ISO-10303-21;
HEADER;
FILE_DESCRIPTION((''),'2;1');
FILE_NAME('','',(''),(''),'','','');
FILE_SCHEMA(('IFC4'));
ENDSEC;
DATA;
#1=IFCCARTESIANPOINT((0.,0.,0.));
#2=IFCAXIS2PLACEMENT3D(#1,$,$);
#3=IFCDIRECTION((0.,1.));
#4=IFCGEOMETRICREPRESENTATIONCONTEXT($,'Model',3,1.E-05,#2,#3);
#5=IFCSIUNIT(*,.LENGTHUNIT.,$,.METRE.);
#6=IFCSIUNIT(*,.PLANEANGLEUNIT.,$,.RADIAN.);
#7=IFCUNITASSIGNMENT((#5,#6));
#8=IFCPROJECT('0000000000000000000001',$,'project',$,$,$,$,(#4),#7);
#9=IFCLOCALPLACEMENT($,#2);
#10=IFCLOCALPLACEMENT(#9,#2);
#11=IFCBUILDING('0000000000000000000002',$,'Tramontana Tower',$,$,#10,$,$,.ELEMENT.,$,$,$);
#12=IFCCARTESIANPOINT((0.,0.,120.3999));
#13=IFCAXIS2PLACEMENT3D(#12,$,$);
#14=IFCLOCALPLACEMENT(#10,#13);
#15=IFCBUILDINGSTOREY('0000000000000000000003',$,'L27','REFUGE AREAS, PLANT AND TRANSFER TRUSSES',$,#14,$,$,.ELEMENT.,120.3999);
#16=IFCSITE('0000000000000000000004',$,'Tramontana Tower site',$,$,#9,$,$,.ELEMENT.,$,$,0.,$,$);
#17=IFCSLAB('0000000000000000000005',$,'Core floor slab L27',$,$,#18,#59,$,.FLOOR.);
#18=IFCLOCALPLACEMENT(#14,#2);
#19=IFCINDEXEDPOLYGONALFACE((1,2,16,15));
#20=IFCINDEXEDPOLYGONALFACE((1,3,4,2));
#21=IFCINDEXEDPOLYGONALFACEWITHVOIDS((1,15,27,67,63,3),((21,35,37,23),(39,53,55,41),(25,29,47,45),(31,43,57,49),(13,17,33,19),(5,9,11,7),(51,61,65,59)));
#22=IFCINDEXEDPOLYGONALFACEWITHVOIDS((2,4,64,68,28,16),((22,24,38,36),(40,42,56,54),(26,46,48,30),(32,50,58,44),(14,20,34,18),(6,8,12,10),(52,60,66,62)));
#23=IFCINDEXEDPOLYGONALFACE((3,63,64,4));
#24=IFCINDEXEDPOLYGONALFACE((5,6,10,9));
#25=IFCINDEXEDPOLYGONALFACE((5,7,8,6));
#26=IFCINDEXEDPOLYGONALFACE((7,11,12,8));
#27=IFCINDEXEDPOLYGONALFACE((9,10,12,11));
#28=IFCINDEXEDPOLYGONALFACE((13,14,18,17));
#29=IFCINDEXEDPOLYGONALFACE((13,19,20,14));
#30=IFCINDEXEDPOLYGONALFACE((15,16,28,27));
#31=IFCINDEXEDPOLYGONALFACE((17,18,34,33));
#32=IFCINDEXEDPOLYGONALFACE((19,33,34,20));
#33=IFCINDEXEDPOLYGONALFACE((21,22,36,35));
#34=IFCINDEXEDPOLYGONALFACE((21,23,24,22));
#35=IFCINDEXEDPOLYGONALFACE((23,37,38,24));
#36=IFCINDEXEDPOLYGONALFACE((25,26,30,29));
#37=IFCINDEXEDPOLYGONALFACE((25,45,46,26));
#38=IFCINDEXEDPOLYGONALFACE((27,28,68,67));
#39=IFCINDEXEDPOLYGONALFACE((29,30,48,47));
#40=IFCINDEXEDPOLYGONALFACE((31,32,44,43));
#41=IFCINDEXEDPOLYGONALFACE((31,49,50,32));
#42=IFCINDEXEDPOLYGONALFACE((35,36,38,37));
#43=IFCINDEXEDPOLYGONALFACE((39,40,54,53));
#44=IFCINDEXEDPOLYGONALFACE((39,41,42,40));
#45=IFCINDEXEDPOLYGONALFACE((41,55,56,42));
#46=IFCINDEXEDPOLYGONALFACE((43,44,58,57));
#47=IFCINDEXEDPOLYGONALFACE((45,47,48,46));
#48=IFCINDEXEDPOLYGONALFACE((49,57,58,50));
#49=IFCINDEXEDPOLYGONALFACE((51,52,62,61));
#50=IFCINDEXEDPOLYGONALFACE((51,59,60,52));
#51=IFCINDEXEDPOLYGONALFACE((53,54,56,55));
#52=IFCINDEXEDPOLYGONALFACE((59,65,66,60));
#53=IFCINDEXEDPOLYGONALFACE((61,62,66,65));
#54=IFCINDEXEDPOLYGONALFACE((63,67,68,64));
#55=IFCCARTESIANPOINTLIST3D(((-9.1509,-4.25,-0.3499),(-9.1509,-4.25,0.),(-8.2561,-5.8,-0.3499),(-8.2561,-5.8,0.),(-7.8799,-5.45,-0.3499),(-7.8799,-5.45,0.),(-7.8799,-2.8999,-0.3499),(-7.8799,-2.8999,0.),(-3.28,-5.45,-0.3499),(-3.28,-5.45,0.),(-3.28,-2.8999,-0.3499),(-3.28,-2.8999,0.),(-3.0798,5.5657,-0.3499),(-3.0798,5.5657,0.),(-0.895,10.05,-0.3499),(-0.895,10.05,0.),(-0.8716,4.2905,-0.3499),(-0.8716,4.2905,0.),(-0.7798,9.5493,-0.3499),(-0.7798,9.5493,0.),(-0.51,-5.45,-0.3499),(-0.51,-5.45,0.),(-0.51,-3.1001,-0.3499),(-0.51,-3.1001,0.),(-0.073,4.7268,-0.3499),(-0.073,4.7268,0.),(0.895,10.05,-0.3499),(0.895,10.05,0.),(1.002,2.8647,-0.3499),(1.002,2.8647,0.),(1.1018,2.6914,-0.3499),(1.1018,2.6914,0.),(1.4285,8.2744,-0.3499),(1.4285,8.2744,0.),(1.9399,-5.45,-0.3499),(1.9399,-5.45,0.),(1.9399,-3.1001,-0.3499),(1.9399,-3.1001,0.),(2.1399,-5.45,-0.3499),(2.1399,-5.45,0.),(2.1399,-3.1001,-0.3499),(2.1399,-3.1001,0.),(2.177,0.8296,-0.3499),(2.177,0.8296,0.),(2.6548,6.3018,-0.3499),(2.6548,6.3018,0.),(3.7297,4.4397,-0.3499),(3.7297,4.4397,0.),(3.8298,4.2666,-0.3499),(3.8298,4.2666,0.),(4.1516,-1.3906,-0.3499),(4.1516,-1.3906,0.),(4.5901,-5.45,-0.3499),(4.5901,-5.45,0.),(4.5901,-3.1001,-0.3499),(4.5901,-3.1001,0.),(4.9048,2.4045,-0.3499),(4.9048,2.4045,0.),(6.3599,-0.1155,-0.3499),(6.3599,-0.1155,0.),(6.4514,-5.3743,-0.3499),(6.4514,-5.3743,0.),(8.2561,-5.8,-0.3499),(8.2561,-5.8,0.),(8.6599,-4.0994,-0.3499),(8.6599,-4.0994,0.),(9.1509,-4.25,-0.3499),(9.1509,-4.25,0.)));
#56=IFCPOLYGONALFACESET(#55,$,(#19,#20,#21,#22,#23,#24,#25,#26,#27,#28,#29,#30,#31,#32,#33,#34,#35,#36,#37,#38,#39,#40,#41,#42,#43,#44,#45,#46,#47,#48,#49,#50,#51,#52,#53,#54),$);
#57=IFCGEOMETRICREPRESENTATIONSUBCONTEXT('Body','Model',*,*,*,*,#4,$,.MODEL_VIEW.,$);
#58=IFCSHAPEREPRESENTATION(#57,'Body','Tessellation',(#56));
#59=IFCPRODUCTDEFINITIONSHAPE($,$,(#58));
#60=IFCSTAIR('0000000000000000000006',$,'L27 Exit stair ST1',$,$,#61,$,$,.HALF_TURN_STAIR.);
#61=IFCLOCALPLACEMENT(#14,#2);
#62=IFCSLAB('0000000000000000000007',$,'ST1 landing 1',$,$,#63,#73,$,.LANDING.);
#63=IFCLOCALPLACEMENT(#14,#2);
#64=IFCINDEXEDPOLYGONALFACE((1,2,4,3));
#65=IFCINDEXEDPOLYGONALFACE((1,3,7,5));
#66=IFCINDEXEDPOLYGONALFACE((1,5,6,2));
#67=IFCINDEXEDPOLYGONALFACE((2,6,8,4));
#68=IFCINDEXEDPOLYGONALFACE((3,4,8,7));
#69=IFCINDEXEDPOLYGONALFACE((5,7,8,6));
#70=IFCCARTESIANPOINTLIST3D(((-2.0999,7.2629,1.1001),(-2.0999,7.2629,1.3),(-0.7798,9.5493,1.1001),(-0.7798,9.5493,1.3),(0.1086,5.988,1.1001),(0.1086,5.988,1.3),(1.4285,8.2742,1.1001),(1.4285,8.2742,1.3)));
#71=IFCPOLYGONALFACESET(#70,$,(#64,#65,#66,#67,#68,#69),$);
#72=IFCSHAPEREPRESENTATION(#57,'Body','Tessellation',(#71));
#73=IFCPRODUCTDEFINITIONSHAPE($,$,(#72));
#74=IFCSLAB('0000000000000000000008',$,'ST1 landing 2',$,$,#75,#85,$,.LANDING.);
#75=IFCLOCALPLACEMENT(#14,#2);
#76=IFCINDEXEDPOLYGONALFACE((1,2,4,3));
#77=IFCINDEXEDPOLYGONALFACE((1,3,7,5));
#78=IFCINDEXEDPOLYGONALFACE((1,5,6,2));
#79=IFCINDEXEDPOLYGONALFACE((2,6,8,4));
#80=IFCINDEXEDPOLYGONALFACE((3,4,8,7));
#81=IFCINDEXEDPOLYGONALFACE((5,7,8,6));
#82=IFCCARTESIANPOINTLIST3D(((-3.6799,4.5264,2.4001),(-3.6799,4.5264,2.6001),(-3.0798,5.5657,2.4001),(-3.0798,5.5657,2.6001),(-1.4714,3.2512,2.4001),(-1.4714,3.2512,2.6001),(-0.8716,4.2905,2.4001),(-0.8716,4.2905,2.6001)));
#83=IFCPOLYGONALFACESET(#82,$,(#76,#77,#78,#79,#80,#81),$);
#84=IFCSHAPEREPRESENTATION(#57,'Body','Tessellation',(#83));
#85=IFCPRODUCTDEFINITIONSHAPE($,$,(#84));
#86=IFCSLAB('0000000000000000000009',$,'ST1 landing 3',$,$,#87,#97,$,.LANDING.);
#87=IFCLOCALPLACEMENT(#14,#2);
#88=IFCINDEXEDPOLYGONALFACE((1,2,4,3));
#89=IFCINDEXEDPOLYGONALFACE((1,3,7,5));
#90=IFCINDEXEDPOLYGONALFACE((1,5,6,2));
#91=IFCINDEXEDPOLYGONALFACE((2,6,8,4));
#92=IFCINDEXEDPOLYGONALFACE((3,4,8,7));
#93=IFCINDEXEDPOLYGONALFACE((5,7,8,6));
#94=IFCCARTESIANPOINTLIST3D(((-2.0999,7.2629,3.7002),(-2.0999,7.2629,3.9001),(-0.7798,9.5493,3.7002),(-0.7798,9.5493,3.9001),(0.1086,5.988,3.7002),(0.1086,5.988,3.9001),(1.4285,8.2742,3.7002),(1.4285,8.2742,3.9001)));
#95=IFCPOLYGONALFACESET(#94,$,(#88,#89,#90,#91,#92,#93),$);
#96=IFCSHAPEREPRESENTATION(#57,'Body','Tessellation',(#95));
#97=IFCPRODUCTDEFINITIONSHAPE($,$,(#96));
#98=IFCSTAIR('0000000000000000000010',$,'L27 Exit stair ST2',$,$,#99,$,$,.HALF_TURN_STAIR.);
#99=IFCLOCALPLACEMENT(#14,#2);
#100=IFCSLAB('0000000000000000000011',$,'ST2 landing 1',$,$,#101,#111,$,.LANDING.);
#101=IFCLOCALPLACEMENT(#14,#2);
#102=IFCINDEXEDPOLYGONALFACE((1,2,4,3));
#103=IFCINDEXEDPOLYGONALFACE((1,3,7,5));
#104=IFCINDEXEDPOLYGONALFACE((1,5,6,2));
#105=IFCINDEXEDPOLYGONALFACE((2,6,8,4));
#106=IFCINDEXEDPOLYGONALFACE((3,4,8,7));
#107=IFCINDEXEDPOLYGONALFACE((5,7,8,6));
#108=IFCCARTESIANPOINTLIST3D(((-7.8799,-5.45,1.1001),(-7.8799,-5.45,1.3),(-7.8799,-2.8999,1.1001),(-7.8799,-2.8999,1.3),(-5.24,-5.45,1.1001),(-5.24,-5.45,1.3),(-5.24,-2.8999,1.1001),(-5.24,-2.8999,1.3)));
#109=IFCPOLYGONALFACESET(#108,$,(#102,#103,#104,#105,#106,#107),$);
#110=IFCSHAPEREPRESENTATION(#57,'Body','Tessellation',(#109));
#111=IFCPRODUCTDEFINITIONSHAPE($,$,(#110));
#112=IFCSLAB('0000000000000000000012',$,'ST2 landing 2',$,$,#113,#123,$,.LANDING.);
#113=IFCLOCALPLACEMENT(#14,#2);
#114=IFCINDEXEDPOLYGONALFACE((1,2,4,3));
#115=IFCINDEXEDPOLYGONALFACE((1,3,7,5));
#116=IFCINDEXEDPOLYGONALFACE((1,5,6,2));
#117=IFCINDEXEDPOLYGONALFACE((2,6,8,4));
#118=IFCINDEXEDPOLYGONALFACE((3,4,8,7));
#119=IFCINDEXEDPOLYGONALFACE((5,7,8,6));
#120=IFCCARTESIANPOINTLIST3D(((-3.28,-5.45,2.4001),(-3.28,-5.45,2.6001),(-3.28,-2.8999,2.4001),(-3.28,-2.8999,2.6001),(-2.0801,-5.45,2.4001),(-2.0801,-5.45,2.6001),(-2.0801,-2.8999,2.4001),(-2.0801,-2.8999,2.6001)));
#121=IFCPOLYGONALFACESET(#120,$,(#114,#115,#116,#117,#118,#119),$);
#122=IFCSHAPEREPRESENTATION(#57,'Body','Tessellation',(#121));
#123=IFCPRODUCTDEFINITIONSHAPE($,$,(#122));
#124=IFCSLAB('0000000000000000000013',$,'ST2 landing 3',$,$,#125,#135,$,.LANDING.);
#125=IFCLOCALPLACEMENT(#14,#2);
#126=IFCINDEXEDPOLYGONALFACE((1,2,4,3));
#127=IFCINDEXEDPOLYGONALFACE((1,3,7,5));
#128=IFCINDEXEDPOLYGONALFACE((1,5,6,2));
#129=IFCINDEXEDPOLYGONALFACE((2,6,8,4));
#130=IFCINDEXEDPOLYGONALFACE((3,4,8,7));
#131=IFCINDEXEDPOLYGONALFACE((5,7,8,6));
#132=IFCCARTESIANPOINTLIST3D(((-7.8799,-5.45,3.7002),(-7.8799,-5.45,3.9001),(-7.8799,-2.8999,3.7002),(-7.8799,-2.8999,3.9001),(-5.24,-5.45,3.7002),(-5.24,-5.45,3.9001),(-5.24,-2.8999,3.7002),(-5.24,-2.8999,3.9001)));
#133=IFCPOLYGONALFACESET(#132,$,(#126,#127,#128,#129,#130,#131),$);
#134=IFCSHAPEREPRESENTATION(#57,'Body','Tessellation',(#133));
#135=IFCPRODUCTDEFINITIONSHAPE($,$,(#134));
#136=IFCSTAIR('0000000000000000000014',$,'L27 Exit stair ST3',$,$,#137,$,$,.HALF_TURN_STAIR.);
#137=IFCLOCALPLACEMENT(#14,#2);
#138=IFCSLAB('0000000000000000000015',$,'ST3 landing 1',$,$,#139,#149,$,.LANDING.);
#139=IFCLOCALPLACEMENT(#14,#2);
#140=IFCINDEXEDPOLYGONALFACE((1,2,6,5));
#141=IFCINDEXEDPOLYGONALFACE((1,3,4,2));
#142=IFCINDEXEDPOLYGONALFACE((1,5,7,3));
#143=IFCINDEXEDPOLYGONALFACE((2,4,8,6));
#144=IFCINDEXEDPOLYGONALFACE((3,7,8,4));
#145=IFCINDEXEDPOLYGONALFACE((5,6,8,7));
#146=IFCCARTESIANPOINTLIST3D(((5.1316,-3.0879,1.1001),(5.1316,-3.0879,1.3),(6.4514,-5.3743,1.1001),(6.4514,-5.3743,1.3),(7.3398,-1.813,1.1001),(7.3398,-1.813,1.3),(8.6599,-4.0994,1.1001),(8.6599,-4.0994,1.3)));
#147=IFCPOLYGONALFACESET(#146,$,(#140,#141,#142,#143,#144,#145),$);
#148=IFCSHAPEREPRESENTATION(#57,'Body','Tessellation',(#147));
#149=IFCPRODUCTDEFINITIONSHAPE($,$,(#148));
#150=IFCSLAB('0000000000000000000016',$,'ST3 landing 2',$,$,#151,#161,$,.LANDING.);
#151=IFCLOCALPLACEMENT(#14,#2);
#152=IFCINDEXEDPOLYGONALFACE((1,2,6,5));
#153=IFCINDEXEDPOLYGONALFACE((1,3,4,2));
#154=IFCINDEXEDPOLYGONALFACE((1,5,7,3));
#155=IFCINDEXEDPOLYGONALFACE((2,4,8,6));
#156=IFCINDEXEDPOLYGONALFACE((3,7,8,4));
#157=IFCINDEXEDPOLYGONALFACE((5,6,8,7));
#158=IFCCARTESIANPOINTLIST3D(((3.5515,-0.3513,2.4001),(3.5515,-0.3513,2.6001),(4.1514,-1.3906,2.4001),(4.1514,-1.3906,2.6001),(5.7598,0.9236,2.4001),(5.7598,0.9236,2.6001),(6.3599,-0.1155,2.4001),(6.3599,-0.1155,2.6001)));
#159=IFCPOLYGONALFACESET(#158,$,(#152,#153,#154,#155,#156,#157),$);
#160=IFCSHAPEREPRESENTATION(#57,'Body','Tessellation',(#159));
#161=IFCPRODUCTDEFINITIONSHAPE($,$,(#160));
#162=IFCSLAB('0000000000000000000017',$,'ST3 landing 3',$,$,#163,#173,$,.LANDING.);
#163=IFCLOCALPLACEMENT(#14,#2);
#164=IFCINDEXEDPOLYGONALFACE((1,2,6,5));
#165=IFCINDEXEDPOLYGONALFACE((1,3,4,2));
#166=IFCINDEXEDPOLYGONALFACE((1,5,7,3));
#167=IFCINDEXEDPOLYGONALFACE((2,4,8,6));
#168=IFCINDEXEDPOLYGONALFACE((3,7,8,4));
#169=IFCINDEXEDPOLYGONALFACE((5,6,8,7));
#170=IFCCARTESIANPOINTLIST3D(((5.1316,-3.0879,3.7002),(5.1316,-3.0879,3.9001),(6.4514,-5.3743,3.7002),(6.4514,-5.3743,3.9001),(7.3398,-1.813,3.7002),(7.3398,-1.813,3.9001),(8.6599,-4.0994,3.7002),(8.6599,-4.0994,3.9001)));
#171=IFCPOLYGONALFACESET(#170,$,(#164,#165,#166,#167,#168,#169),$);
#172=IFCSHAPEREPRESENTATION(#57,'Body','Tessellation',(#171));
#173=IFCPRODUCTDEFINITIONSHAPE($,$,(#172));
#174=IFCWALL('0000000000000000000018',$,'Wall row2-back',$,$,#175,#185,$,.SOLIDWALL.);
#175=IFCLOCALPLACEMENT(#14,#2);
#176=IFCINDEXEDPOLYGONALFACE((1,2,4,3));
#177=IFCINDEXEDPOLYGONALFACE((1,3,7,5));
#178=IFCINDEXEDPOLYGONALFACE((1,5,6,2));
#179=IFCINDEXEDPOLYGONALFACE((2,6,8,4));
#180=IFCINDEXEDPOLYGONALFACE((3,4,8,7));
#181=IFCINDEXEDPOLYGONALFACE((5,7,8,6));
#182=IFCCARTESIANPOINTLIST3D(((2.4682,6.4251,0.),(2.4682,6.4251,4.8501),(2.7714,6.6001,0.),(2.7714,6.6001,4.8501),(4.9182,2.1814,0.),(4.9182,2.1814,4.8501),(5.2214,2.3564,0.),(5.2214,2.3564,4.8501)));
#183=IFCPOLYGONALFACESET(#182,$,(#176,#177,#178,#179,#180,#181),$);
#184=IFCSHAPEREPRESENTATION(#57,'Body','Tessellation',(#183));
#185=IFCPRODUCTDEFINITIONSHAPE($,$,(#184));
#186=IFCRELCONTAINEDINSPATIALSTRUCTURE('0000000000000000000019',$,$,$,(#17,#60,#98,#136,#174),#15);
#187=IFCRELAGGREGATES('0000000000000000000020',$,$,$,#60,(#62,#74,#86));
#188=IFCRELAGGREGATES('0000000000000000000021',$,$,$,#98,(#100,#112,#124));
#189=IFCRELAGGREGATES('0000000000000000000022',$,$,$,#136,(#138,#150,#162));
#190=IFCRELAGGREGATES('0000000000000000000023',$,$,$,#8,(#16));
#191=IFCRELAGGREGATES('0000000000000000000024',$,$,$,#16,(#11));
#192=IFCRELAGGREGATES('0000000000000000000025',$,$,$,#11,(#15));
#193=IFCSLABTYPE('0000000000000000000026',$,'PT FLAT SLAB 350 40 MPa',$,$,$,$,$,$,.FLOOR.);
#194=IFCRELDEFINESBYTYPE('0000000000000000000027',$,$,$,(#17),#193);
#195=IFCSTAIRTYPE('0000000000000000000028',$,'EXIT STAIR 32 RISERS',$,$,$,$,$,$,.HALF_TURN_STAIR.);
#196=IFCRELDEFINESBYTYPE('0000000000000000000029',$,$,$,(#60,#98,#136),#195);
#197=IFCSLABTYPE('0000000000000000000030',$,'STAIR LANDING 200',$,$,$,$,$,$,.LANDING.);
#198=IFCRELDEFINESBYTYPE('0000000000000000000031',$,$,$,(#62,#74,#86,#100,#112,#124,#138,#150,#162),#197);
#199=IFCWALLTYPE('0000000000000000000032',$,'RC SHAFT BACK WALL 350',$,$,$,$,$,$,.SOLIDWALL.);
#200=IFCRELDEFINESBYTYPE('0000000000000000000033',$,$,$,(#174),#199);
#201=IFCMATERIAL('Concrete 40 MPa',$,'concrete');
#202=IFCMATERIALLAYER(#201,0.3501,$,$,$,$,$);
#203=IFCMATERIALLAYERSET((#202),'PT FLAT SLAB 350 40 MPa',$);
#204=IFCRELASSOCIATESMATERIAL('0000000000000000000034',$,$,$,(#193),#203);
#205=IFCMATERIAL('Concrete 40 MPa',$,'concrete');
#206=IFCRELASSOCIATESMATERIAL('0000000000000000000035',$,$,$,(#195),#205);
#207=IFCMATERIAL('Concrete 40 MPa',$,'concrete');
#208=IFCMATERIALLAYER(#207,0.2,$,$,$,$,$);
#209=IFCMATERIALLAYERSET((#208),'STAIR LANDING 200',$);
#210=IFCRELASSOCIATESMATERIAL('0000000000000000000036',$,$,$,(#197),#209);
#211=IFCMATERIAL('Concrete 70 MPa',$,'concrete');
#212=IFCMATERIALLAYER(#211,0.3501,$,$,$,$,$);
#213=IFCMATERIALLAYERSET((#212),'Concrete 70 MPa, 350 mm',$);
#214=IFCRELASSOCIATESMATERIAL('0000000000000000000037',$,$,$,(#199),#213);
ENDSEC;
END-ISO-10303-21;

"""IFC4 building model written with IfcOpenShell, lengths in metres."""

from ifc_helpers import new_model, si_unit, direction, frame, frame_2d, origin, place, context, subcontext, project, spatial, polyline, rectangle, outline, extrude, material, layer, layer_set, type_object, element, aggregate, save


model = new_model("IFC4")

# Units and contexts
model_context = context("Model", 3, precision=1e-05, world=origin(), true_north=direction((0.0, 1.0)))
body_context = subcontext(model_context, "Body", "Model", "MODEL_VIEW")
ifc_project = project(units=[si_unit("LENGTHUNIT", "METRE"), si_unit("PLANEANGLEUNIT", "RADIAN")], contexts=[model_context])

# Site, building, storey
site_placement = place(None, origin())
site = spatial("IfcSite", under=ifc_project, at=site_placement, Name="Tramontana Tower site", CompositionType="ELEMENT", RefElevation=0.0)
building_placement = place(site_placement, origin())
building = spatial("IfcBuilding", under=site, at=building_placement, Name="Tramontana Tower", CompositionType="ELEMENT")
storey_placement = place(building_placement, frame((0.0, 0.0, 120.3999)))
storey = spatial("IfcBuildingStorey", under=building, at=storey_placement, Name="L27", Description="REFUGE AREAS, PLANT AND TRANSFER TRUSSES", CompositionType="ELEMENT", Elevation=120.3999)

# Slab
ifc_material_1 = material(Name="Concrete 40 MPa", Category="concrete")
ifc_layer_1 = layer(ifc_material_1, 0.3501)
ifc_layer_set_1 = layer_set([ifc_layer_1], Name="PT FLAT SLAB 350 40 MPa")
slab_type_1 = type_object("IfcSlabType", Name="PT FLAT SLAB 350 40 MPa", PredefinedType="FLOOR", material=ifc_layer_set_1)
slab_1_placement = place(storey_placement, frame((0.0, 0.0, -0.3499)))
element("IfcSlab", 1, at=slab_1_placement, inside=storey, type_object=slab_type_1, Name="Core floor slab L27", PredefinedType="FLOOR", context=body_context, shape_type="SweptSolid", body=[
    extrude(outline(polyline([(9.1509, -4.25), (8.2561, -5.8), (-8.2561, -5.8), (-9.1509, -4.25), (-0.895, 10.05), (0.895, 10.05), (9.1509, -4.25)]), holes=[polyline([(8.6599, -4.0994), (6.3599, -0.1155), (4.1516, -1.3906), (6.4514, -5.3743), (8.6599, -4.0994)]), polyline([(3.8298, 4.2666), (1.1018, 2.6914), (2.177, 0.8296), (4.9048, 2.4045), (3.8298, 4.2666)]), polyline([(4.5901, -3.1001), (2.1399, -3.1001), (2.1399, -5.45), (4.5901, -5.45), (4.5901, -3.1001)]), polyline([(2.6548, 6.3018), (-0.073, 4.7268), (1.002, 2.8647), (3.7297, 4.4397), (2.6548, 6.3018)]), polyline([(1.9399, -5.45), (1.9399, -3.1001), (-0.51, -3.1001), (-0.51, -5.45), (1.9399, -5.45)]), polyline([(-0.7798, 9.5493), (-3.0798, 5.5657), (-0.8716, 4.2905), (1.4285, 8.2744), (-0.7798, 9.5493)]), polyline([(-7.8799, -5.45), (-3.28, -5.45), (-3.28, -2.8999), (-7.8799, -2.8999), (-7.8799, -5.45)])]), origin(), (0.0, 0.0, 1.0), 0.3499),
])

# Stairs, slabs
ifc_material_2 = material(Name="Concrete 40 MPa", Category="concrete")
stair_type = type_object("IfcStairType", Name="EXIT STAIR 32 RISERS", PredefinedType="HALF_TURN_STAIR", material=ifc_material_2)
stair_1_placement = place(storey_placement, origin())
stair_1 = element("IfcStair", 2, at=stair_1_placement, inside=storey, type_object=stair_type, Name="L27 Exit stair ST1", PredefinedType="HALF_TURN_STAIR")
ifc_material_3 = material(Name="Concrete 40 MPa", Category="concrete")
ifc_layer_2 = layer(ifc_material_3, 0.2)
ifc_layer_set_2 = layer_set([ifc_layer_2], Name="STAIR LANDING 200")
slab_type_2 = type_object("IfcSlabType", Name="STAIR LANDING 200", PredefinedType="LANDING", material=ifc_layer_set_2)
slab_2_placement = place(storey_placement, frame((0.0, 0.0, 1.1001)))
slab_2 = element("IfcSlab", 3, at=slab_2_placement, type_object=slab_type_2, Name="ST1 landing 1", PredefinedType="LANDING", context=body_context, shape_type="SweptSolid", body=[
    extrude(outline(polyline([(0.1086, 5.988), (1.4285, 8.2742), (-0.7798, 9.5493), (-2.0999, 7.2629), (0.1086, 5.988)])), origin(), (0.0, 0.0, 1.0), 0.2),
])
slab_3_placement = place(storey_placement, frame((0.0, 0.0, 2.4001)))
slab_3 = element("IfcSlab", 4, at=slab_3_placement, type_object=slab_type_2, Name="ST1 landing 2", PredefinedType="LANDING", context=body_context, shape_type="SweptSolid", body=[
    extrude(outline(polyline([(-1.4714, 3.2512), (-0.8716, 4.2905), (-3.0798, 5.5657), (-3.6799, 4.5264), (-1.4714, 3.2512)])), origin(), (0.0, 0.0, 1.0), 0.2),
])
slab_4_placement = place(storey_placement, frame((0.0, 0.0, 3.7002)))
slab_4 = element("IfcSlab", 5, at=slab_4_placement, type_object=slab_type_2, Name="ST1 landing 3", PredefinedType="LANDING", context=body_context, shape_type="SweptSolid", body=[
    extrude(outline(polyline([(0.1086, 5.988), (1.4285, 8.2742), (-0.7798, 9.5493), (-2.0999, 7.2629), (0.1086, 5.988)])), origin(), (0.0, 0.0, 1.0), 0.2),
])
aggregate(stair_1, [slab_2, slab_3, slab_4])
stair_2_placement = place(storey_placement, origin())
stair_2 = element("IfcStair", 6, at=stair_2_placement, inside=storey, type_object=stair_type, Name="L27 Exit stair ST2", PredefinedType="HALF_TURN_STAIR")
slab_5_placement = place(storey_placement, frame((0.0, 0.0, 1.1001)))
slab_5 = element("IfcSlab", 7, at=slab_5_placement, type_object=slab_type_2, Name="ST2 landing 1", PredefinedType="LANDING", context=body_context, shape_type="SweptSolid", body=[
    extrude(outline(polyline([(-5.24, -2.8999), (-7.8799, -2.8999), (-7.8799, -5.45), (-5.24, -5.45), (-5.24, -2.8999)])), origin(), (0.0, 0.0, 1.0), 0.2),
])
slab_6_placement = place(storey_placement, frame((0.0, 0.0, 2.4001)))
slab_6 = element("IfcSlab", 8, at=slab_6_placement, type_object=slab_type_2, Name="ST2 landing 2", PredefinedType="LANDING", context=body_context, shape_type="SweptSolid", body=[
    extrude(outline(polyline([(-2.0801, -2.8999), (-3.28, -2.8999), (-3.28, -5.45), (-2.0801, -5.45), (-2.0801, -2.8999)])), origin(), (0.0, 0.0, 1.0), 0.2),
])
slab_7_placement = place(storey_placement, frame((0.0, 0.0, 3.7002)))
slab_7 = element("IfcSlab", 9, at=slab_7_placement, type_object=slab_type_2, Name="ST2 landing 3", PredefinedType="LANDING", context=body_context, shape_type="SweptSolid", body=[
    extrude(outline(polyline([(-5.24, -2.8999), (-7.8799, -2.8999), (-7.8799, -5.45), (-5.24, -5.45), (-5.24, -2.8999)])), origin(), (0.0, 0.0, 1.0), 0.2),
])
aggregate(stair_2, [slab_5, slab_6, slab_7])
stair_3_placement = place(storey_placement, origin())
stair_3 = element("IfcStair", 10, at=stair_3_placement, inside=storey, type_object=stair_type, Name="L27 Exit stair ST3", PredefinedType="HALF_TURN_STAIR")
slab_8_placement = place(storey_placement, frame((0.0, 0.0, 1.1001)))
slab_8 = element("IfcSlab", 11, at=slab_8_placement, type_object=slab_type_2, Name="ST3 landing 1", PredefinedType="LANDING", context=body_context, shape_type="SweptSolid", body=[
    extrude(outline(polyline([(5.1316, -3.0879), (6.4514, -5.3743), (8.6599, -4.0994), (7.3398, -1.813), (5.1316, -3.0879)])), origin(), (0.0, 0.0, 1.0), 0.2),
])
slab_9_placement = place(storey_placement, frame((0.0, 0.0, 2.4001)))
slab_9 = element("IfcSlab", 12, at=slab_9_placement, type_object=slab_type_2, Name="ST3 landing 2", PredefinedType="LANDING", context=body_context, shape_type="SweptSolid", body=[
    extrude(outline(polyline([(3.5515, -0.3513), (4.1514, -1.3906), (6.3599, -0.1155), (5.7598, 0.9236), (3.5515, -0.3513)])), origin(), (0.0, 0.0, 1.0), 0.2),
])
slab_10_placement = place(storey_placement, frame((0.0, 0.0, 3.7002)))
slab_10 = element("IfcSlab", 13, at=slab_10_placement, type_object=slab_type_2, Name="ST3 landing 3", PredefinedType="LANDING", context=body_context, shape_type="SweptSolid", body=[
    extrude(outline(polyline([(5.1316, -3.0879), (6.4514, -5.3743), (8.6599, -4.0994), (7.3398, -1.813), (5.1316, -3.0879)])), origin(), (0.0, 0.0, 1.0), 0.2),
])
aggregate(stair_3, [slab_8, slab_9, slab_10])

# Wall
ifc_material_4 = material(Name="Concrete 70 MPa", Category="concrete")
ifc_layer_3 = layer(ifc_material_4, 0.3501)
ifc_layer_set_3 = layer_set([ifc_layer_3], Name="Concrete 70 MPa, 350 mm")
wall_type_1 = type_object("IfcWallType", Name="RC SHAFT BACK WALL 350", PredefinedType="SOLIDWALL", material=ifc_layer_set_3)
wall_1_placement = place(storey_placement, frame((5.0698, 2.2688, 0.0), z_axis=(0.0, 0.0, 1.0), x_axis=(-0.499981, 0.866036, 0.0)))
element("IfcWall", 14, at=wall_1_placement, inside=storey, type_object=wall_type_1, Name="Wall row2-back", PredefinedType="SOLIDWALL", context=body_context, shape_type="SweptSolid", body=[
    extrude(rectangle(XDim=4.9001, YDim=0.3501, at=frame_2d((2.4502, 0.0))), origin(), (0.0, 0.0, 1.0), 4.8501),
])

save(model, "model.ifc")
